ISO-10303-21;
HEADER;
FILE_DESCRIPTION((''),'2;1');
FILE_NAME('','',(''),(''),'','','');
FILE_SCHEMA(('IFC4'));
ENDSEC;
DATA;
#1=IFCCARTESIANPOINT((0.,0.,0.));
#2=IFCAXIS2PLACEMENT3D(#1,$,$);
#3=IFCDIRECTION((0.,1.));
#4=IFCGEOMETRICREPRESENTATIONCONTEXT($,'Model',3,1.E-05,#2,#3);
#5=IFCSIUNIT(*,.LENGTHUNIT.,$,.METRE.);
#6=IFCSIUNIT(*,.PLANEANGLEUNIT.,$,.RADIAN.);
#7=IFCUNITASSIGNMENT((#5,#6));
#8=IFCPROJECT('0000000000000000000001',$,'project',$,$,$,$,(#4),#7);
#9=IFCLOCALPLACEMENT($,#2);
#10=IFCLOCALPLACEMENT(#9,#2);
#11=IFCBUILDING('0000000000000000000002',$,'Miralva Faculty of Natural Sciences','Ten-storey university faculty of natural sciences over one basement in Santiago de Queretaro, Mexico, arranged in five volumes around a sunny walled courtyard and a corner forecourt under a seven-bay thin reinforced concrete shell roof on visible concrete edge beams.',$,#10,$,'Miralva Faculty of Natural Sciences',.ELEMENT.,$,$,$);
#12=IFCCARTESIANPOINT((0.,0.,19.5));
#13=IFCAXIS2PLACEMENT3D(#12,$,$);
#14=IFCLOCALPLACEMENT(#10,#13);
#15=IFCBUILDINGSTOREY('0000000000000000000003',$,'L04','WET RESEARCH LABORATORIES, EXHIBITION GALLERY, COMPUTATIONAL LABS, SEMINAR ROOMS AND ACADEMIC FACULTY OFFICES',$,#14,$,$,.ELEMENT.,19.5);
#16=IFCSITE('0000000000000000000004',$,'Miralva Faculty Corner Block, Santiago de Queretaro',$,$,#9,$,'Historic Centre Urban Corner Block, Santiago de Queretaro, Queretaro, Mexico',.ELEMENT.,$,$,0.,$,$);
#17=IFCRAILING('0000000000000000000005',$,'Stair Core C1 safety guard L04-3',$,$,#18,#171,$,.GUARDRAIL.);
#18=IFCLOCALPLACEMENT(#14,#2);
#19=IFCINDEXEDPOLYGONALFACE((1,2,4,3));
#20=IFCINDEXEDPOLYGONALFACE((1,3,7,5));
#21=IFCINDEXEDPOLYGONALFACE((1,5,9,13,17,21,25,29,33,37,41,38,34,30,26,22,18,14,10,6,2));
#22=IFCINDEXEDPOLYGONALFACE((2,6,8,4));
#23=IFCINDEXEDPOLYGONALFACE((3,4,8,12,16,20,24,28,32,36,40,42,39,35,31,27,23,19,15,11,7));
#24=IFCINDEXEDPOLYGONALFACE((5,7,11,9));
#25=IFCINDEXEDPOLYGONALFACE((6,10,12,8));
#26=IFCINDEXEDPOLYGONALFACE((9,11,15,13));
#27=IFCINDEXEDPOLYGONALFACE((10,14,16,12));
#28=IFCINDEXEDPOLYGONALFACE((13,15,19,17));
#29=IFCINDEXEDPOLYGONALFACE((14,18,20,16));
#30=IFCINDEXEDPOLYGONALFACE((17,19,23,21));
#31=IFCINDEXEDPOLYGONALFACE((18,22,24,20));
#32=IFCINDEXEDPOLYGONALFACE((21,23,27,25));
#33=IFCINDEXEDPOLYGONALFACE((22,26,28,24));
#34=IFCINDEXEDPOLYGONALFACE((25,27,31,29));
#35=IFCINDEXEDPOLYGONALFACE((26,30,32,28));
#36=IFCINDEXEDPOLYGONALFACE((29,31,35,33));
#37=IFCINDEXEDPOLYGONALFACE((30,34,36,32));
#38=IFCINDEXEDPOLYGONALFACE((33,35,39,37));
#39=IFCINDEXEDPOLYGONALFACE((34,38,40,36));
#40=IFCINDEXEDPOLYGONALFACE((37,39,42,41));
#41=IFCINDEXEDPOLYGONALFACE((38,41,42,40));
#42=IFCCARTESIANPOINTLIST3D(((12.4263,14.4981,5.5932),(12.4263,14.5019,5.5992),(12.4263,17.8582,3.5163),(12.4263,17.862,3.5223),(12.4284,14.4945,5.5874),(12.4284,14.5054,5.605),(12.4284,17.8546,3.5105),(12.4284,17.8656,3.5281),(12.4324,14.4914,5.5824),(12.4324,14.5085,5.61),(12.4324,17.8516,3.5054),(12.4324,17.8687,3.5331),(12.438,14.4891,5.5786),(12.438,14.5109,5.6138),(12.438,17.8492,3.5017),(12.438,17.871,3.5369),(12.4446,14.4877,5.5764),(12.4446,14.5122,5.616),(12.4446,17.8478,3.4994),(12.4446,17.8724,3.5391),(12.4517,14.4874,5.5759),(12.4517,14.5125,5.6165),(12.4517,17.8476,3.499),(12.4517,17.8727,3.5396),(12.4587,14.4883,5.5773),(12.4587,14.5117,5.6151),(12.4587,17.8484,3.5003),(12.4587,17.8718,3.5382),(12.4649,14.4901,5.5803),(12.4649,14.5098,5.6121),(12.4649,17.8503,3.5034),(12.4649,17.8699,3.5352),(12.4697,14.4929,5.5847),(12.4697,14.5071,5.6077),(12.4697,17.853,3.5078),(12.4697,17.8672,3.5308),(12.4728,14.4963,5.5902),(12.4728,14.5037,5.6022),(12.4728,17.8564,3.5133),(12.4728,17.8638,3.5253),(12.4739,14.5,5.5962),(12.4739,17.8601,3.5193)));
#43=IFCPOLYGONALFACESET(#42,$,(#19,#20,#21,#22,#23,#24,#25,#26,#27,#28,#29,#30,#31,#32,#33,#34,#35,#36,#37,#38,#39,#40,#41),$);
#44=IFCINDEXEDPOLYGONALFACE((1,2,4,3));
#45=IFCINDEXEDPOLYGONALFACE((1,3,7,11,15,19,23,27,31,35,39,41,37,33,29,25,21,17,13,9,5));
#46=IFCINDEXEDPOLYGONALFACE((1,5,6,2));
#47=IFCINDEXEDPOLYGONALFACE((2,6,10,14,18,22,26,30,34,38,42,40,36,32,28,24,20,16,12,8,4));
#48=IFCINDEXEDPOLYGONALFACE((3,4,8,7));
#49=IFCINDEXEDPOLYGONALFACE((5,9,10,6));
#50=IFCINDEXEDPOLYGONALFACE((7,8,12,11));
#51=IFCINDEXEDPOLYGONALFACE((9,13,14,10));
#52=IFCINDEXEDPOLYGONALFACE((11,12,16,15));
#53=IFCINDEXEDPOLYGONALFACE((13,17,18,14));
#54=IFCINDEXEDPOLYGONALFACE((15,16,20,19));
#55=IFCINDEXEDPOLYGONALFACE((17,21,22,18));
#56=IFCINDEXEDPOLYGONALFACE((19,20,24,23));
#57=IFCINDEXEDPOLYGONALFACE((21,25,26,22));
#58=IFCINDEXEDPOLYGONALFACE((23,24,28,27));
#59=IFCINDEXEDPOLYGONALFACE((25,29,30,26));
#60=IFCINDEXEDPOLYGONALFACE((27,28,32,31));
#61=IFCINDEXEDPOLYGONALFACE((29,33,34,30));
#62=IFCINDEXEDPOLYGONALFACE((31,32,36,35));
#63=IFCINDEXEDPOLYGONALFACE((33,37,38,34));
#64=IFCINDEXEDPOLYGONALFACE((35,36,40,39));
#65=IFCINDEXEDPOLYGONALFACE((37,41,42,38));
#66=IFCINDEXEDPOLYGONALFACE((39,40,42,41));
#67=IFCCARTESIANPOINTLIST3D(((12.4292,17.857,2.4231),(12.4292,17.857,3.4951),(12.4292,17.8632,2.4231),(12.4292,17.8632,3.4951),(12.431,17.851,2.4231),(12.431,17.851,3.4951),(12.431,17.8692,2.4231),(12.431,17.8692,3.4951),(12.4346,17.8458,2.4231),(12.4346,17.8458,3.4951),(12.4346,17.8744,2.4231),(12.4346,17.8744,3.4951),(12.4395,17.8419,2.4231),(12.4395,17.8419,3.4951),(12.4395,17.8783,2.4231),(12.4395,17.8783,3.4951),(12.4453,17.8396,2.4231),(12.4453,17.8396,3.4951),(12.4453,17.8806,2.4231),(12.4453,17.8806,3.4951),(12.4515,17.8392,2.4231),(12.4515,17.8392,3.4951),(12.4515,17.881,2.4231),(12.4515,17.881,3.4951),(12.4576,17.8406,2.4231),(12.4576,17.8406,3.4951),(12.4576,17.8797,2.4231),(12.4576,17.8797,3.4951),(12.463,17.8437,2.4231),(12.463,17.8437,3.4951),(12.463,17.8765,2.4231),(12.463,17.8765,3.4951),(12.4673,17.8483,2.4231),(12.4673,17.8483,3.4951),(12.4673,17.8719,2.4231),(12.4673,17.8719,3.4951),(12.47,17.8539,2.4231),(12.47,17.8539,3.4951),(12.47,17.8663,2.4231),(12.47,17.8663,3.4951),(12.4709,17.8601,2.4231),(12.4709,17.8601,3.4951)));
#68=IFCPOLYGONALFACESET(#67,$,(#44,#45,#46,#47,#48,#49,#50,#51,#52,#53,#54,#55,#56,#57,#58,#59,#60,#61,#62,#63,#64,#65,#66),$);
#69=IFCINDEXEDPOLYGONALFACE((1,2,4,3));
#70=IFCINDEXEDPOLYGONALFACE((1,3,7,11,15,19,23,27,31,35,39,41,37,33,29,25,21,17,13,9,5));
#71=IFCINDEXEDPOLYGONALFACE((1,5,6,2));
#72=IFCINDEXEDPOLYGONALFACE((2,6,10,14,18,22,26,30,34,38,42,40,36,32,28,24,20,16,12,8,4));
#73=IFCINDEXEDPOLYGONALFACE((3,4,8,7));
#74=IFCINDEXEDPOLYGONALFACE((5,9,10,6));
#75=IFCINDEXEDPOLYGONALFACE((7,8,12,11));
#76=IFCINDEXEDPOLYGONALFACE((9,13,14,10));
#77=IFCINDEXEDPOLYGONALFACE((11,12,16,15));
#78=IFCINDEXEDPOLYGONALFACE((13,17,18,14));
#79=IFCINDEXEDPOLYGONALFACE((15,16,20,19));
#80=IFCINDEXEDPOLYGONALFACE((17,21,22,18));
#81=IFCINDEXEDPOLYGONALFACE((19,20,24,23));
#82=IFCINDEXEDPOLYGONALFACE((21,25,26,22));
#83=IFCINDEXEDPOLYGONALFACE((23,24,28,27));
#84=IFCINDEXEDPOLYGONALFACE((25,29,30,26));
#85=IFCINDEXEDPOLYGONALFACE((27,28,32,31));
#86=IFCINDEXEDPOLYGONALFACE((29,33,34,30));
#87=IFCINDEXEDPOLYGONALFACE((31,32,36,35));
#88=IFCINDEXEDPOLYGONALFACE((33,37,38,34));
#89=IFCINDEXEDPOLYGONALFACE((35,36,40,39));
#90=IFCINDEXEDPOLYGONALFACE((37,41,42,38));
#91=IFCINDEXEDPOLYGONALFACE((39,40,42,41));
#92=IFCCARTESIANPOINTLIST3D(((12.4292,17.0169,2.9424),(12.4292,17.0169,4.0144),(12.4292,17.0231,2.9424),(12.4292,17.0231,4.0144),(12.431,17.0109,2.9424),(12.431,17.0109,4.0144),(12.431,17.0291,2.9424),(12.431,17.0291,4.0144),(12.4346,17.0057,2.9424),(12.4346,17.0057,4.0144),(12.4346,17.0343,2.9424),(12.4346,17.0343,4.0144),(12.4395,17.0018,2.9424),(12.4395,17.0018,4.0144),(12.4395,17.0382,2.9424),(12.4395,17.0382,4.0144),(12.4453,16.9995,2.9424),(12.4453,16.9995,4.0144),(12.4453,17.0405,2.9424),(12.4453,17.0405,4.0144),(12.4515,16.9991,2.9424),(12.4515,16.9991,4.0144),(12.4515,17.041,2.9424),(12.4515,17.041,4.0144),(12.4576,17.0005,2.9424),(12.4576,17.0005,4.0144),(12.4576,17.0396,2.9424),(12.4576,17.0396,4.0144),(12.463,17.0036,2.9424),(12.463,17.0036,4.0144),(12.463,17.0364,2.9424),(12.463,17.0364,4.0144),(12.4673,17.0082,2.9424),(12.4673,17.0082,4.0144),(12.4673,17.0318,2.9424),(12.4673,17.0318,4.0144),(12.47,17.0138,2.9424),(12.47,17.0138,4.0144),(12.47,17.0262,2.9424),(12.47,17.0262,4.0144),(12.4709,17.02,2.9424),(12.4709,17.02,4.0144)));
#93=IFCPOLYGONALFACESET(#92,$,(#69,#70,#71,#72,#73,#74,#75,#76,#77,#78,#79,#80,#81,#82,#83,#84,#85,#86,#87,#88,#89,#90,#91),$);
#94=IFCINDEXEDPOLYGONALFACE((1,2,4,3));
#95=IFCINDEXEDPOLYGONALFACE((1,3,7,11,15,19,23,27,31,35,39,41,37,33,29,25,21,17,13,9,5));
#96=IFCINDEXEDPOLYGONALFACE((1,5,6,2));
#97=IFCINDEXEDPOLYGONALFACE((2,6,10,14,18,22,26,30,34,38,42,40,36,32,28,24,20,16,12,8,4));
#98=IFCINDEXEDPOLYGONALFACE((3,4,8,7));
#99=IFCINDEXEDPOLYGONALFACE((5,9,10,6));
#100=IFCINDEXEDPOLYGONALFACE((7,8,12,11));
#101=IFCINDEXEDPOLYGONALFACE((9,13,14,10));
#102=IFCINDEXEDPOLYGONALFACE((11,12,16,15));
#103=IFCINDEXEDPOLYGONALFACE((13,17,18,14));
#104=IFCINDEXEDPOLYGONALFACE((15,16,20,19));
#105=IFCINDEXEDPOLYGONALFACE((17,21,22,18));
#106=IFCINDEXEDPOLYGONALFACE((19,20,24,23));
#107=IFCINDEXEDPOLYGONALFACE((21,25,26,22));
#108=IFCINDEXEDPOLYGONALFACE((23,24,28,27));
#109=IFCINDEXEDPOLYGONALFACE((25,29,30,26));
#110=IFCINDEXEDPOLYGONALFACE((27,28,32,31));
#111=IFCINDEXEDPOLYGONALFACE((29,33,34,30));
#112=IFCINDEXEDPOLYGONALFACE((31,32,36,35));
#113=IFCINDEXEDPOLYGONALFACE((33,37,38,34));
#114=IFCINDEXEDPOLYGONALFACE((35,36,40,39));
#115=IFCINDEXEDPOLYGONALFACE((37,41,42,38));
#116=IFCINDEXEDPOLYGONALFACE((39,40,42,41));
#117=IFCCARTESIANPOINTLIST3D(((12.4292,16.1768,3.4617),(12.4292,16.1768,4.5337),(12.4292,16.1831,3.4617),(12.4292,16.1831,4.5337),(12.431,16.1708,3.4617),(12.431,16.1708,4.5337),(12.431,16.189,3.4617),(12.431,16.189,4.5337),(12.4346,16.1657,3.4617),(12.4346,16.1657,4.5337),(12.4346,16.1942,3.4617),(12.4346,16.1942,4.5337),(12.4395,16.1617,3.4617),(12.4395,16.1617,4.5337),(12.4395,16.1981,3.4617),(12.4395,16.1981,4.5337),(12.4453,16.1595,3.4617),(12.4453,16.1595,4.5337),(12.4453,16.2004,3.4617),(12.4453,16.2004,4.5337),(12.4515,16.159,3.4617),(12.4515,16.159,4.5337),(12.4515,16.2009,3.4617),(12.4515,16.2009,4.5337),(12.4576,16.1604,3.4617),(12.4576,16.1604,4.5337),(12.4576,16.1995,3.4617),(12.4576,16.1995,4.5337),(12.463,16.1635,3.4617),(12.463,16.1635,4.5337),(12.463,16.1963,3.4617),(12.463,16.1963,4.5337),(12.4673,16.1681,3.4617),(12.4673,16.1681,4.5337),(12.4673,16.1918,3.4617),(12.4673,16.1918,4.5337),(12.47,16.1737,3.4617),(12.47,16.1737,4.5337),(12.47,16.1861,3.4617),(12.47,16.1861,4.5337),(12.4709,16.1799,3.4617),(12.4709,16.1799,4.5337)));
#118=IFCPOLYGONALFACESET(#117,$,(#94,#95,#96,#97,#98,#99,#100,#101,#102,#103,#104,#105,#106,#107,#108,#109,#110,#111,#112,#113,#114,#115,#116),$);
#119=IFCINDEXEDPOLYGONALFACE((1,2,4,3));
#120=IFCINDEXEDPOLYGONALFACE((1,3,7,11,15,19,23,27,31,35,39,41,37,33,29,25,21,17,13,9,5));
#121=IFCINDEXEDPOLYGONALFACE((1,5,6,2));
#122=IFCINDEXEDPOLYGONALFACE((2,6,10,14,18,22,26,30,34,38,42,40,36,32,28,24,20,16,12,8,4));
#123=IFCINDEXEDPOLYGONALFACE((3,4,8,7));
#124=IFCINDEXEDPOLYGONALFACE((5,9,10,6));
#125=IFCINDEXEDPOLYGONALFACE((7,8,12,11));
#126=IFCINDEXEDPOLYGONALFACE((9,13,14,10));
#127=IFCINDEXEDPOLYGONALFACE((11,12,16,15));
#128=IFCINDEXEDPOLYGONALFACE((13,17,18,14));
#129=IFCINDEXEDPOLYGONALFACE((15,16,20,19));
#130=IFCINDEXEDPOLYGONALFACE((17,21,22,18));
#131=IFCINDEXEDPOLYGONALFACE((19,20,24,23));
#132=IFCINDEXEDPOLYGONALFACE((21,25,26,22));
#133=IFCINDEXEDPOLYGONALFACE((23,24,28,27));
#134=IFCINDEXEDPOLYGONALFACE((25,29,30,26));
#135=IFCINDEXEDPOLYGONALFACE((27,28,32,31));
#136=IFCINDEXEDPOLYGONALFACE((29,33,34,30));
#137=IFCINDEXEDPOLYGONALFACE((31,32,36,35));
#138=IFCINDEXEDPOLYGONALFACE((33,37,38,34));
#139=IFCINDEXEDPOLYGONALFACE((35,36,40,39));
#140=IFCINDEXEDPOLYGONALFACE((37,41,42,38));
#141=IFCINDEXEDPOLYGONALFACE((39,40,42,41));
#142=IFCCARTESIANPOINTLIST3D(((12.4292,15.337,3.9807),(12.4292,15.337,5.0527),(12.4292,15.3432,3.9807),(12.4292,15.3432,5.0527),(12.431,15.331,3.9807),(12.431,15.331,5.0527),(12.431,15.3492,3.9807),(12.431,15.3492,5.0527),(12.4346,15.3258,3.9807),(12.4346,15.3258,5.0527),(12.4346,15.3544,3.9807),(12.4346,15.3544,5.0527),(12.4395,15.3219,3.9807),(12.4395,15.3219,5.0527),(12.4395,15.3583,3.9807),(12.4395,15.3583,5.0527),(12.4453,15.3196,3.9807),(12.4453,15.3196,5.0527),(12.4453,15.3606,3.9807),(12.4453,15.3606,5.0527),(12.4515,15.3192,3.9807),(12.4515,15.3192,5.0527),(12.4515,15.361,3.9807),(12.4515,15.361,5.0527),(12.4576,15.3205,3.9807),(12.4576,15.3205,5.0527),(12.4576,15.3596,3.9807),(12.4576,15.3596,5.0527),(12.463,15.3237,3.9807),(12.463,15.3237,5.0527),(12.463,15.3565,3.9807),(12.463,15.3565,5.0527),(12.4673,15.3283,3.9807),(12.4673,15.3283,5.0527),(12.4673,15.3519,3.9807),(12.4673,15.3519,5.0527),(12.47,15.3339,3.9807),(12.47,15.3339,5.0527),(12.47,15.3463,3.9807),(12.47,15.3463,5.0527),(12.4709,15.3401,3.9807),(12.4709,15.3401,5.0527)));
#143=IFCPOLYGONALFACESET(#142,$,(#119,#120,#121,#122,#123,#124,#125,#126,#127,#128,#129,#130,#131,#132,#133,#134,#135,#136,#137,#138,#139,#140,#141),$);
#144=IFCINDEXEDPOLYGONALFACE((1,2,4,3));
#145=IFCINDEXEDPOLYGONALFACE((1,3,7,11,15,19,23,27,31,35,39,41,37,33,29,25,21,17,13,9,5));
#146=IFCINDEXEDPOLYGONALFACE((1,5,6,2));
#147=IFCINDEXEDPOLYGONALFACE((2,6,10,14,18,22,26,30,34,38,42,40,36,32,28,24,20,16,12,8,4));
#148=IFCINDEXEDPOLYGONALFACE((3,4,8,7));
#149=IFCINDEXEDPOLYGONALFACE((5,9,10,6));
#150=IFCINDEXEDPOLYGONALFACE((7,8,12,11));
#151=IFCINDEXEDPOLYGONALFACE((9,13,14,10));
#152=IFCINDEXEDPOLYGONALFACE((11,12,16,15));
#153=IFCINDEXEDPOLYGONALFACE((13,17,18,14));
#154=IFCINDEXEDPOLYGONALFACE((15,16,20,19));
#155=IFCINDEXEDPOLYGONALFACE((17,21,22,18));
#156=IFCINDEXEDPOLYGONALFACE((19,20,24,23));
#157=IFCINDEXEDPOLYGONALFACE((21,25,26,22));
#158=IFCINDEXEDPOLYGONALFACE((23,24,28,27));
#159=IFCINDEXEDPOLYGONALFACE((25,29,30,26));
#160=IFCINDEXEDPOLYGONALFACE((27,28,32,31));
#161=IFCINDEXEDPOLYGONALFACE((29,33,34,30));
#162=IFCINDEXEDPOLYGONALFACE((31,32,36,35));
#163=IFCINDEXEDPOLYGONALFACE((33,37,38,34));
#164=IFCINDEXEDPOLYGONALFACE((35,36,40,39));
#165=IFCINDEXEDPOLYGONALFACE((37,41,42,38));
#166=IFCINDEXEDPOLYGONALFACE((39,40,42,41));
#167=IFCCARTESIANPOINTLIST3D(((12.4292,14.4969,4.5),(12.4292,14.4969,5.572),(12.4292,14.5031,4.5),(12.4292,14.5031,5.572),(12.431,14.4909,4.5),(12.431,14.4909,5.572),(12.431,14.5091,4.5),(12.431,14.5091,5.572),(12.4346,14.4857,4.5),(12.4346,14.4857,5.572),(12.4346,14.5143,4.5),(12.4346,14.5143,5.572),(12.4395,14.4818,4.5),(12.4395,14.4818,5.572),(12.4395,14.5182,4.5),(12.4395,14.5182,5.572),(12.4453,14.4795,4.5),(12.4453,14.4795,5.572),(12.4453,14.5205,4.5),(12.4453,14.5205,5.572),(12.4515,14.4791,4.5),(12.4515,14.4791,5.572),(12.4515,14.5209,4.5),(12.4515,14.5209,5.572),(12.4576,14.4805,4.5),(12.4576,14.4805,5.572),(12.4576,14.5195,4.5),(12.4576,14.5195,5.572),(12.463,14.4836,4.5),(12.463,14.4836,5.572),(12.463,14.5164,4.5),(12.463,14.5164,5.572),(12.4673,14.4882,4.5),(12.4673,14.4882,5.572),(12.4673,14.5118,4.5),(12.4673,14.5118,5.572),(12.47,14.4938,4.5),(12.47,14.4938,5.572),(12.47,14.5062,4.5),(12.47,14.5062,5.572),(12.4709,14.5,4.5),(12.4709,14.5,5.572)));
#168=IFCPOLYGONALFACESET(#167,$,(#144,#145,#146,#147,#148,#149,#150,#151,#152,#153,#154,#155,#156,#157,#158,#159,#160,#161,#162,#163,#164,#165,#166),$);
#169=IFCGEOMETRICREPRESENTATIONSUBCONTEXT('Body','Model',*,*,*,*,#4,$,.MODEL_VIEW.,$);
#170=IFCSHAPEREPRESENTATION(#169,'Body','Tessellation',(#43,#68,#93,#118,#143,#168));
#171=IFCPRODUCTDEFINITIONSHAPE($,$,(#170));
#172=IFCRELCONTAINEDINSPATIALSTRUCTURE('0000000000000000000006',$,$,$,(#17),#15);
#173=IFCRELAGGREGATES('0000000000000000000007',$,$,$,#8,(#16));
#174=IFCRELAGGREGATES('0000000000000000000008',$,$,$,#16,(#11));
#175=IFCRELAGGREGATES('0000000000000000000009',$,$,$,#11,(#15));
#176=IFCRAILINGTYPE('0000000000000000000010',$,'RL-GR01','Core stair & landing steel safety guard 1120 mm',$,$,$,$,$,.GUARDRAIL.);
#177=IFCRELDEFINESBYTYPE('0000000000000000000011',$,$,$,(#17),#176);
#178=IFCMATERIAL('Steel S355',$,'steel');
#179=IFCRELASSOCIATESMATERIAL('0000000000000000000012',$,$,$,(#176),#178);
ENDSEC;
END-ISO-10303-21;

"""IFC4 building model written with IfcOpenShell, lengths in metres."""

from ifc_helpers import new_model, si_unit, direction, frame, origin, origin_2d, place, context, subcontext, project, spatial, circle, extrude, material, type_object, element, save


model = new_model("IFC4")

# Units and contexts
model_context = context("Model", 3, precision=1e-05, world=origin(), true_north=direction((0.0, 1.0)))
body_context = subcontext(model_context, "Body", "Model", "MODEL_VIEW")
ifc_project = project(units=[si_unit("LENGTHUNIT", "METRE"), si_unit("PLANEANGLEUNIT", "RADIAN")], contexts=[model_context])

# Site, building, storey
site_placement = place(None, origin())
site = spatial("IfcSite", under=ifc_project, at=site_placement, Name="Miralva Faculty Corner Block, Santiago de Queretaro", LongName="Historic Centre Urban Corner Block, Santiago de Queretaro, Queretaro, Mexico", CompositionType="ELEMENT", RefElevation=0.0)
building_placement = place(site_placement, origin())
building = spatial("IfcBuilding", under=site, at=building_placement, Name="Miralva Faculty of Natural Sciences", Description="Ten-storey university faculty of natural sciences over one basement in Santiago de Queretaro, Mexico, arranged in five volumes around a sunny walled courtyard and a corner forecourt under a seven-bay thin reinforced concrete shell roof on visible concrete edge beams.", LongName="Miralva Faculty of Natural Sciences", CompositionType="ELEMENT")
storey_placement = place(building_placement, frame((0.0, 0.0, 19.5)))
storey = spatial("IfcBuildingStorey", under=building, at=storey_placement, Name="L04", Description="WET RESEARCH LABORATORIES, EXHIBITION GALLERY, COMPUTATIONAL LABS, SEMINAR ROOMS AND ACADEMIC FACULTY OFFICES", CompositionType="ELEMENT", Elevation=19.5)

# Railing
ifc_material_1 = material(Name="Steel S355", Category="steel")
railing_type_1 = type_object("IfcRailingType", Name="RL-GR01", Description="Core stair & landing steel safety guard 1120 mm", PredefinedType="GUARDRAIL", material=ifc_material_1)
railing_1_placement = place(storey_placement, frame((12.45, 17.8601, 2.4231)))
element("IfcRailing", 1, at=railing_1_placement, inside=storey, type_object=railing_type_1, Name="Stair Core C1 safety guard L04-3", PredefinedType="GUARDRAIL", context=body_context, shape_type="SweptSolid", body=[
    extrude(circle(Radius=0.0239, at=origin_2d()), frame((0.0, 0.0, 1.0962), z_axis=(0.0, -0.850623, 0.525776), x_axis=(1.0, 0.0, 0.0)), (0.0, 0.0, 1.0), 3.9502),
    extrude(circle(Radius=0.021, at=origin_2d()), origin(), (0.0, 0.0, 1.0), 1.072),
    extrude(circle(Radius=0.021, at=origin_2d()), frame((0.0, -0.8401, 0.5193)), (0.0, 0.0, 1.0), 1.072),
    extrude(circle(Radius=0.021, at=origin_2d()), frame((0.0, -1.6802, 1.0386)), (0.0, 0.0, 1.0), 1.072),
    extrude(circle(Radius=0.021, at=origin_2d()), frame((0.0, -2.52, 1.5576)), (0.0, 0.0, 1.0), 1.072),
    extrude(circle(Radius=0.021, at=origin_2d()), frame((0.0, -3.3601, 2.0769)), (0.0, 0.0, 1.0), 1.072),
])

save(model, "model.ifc")
